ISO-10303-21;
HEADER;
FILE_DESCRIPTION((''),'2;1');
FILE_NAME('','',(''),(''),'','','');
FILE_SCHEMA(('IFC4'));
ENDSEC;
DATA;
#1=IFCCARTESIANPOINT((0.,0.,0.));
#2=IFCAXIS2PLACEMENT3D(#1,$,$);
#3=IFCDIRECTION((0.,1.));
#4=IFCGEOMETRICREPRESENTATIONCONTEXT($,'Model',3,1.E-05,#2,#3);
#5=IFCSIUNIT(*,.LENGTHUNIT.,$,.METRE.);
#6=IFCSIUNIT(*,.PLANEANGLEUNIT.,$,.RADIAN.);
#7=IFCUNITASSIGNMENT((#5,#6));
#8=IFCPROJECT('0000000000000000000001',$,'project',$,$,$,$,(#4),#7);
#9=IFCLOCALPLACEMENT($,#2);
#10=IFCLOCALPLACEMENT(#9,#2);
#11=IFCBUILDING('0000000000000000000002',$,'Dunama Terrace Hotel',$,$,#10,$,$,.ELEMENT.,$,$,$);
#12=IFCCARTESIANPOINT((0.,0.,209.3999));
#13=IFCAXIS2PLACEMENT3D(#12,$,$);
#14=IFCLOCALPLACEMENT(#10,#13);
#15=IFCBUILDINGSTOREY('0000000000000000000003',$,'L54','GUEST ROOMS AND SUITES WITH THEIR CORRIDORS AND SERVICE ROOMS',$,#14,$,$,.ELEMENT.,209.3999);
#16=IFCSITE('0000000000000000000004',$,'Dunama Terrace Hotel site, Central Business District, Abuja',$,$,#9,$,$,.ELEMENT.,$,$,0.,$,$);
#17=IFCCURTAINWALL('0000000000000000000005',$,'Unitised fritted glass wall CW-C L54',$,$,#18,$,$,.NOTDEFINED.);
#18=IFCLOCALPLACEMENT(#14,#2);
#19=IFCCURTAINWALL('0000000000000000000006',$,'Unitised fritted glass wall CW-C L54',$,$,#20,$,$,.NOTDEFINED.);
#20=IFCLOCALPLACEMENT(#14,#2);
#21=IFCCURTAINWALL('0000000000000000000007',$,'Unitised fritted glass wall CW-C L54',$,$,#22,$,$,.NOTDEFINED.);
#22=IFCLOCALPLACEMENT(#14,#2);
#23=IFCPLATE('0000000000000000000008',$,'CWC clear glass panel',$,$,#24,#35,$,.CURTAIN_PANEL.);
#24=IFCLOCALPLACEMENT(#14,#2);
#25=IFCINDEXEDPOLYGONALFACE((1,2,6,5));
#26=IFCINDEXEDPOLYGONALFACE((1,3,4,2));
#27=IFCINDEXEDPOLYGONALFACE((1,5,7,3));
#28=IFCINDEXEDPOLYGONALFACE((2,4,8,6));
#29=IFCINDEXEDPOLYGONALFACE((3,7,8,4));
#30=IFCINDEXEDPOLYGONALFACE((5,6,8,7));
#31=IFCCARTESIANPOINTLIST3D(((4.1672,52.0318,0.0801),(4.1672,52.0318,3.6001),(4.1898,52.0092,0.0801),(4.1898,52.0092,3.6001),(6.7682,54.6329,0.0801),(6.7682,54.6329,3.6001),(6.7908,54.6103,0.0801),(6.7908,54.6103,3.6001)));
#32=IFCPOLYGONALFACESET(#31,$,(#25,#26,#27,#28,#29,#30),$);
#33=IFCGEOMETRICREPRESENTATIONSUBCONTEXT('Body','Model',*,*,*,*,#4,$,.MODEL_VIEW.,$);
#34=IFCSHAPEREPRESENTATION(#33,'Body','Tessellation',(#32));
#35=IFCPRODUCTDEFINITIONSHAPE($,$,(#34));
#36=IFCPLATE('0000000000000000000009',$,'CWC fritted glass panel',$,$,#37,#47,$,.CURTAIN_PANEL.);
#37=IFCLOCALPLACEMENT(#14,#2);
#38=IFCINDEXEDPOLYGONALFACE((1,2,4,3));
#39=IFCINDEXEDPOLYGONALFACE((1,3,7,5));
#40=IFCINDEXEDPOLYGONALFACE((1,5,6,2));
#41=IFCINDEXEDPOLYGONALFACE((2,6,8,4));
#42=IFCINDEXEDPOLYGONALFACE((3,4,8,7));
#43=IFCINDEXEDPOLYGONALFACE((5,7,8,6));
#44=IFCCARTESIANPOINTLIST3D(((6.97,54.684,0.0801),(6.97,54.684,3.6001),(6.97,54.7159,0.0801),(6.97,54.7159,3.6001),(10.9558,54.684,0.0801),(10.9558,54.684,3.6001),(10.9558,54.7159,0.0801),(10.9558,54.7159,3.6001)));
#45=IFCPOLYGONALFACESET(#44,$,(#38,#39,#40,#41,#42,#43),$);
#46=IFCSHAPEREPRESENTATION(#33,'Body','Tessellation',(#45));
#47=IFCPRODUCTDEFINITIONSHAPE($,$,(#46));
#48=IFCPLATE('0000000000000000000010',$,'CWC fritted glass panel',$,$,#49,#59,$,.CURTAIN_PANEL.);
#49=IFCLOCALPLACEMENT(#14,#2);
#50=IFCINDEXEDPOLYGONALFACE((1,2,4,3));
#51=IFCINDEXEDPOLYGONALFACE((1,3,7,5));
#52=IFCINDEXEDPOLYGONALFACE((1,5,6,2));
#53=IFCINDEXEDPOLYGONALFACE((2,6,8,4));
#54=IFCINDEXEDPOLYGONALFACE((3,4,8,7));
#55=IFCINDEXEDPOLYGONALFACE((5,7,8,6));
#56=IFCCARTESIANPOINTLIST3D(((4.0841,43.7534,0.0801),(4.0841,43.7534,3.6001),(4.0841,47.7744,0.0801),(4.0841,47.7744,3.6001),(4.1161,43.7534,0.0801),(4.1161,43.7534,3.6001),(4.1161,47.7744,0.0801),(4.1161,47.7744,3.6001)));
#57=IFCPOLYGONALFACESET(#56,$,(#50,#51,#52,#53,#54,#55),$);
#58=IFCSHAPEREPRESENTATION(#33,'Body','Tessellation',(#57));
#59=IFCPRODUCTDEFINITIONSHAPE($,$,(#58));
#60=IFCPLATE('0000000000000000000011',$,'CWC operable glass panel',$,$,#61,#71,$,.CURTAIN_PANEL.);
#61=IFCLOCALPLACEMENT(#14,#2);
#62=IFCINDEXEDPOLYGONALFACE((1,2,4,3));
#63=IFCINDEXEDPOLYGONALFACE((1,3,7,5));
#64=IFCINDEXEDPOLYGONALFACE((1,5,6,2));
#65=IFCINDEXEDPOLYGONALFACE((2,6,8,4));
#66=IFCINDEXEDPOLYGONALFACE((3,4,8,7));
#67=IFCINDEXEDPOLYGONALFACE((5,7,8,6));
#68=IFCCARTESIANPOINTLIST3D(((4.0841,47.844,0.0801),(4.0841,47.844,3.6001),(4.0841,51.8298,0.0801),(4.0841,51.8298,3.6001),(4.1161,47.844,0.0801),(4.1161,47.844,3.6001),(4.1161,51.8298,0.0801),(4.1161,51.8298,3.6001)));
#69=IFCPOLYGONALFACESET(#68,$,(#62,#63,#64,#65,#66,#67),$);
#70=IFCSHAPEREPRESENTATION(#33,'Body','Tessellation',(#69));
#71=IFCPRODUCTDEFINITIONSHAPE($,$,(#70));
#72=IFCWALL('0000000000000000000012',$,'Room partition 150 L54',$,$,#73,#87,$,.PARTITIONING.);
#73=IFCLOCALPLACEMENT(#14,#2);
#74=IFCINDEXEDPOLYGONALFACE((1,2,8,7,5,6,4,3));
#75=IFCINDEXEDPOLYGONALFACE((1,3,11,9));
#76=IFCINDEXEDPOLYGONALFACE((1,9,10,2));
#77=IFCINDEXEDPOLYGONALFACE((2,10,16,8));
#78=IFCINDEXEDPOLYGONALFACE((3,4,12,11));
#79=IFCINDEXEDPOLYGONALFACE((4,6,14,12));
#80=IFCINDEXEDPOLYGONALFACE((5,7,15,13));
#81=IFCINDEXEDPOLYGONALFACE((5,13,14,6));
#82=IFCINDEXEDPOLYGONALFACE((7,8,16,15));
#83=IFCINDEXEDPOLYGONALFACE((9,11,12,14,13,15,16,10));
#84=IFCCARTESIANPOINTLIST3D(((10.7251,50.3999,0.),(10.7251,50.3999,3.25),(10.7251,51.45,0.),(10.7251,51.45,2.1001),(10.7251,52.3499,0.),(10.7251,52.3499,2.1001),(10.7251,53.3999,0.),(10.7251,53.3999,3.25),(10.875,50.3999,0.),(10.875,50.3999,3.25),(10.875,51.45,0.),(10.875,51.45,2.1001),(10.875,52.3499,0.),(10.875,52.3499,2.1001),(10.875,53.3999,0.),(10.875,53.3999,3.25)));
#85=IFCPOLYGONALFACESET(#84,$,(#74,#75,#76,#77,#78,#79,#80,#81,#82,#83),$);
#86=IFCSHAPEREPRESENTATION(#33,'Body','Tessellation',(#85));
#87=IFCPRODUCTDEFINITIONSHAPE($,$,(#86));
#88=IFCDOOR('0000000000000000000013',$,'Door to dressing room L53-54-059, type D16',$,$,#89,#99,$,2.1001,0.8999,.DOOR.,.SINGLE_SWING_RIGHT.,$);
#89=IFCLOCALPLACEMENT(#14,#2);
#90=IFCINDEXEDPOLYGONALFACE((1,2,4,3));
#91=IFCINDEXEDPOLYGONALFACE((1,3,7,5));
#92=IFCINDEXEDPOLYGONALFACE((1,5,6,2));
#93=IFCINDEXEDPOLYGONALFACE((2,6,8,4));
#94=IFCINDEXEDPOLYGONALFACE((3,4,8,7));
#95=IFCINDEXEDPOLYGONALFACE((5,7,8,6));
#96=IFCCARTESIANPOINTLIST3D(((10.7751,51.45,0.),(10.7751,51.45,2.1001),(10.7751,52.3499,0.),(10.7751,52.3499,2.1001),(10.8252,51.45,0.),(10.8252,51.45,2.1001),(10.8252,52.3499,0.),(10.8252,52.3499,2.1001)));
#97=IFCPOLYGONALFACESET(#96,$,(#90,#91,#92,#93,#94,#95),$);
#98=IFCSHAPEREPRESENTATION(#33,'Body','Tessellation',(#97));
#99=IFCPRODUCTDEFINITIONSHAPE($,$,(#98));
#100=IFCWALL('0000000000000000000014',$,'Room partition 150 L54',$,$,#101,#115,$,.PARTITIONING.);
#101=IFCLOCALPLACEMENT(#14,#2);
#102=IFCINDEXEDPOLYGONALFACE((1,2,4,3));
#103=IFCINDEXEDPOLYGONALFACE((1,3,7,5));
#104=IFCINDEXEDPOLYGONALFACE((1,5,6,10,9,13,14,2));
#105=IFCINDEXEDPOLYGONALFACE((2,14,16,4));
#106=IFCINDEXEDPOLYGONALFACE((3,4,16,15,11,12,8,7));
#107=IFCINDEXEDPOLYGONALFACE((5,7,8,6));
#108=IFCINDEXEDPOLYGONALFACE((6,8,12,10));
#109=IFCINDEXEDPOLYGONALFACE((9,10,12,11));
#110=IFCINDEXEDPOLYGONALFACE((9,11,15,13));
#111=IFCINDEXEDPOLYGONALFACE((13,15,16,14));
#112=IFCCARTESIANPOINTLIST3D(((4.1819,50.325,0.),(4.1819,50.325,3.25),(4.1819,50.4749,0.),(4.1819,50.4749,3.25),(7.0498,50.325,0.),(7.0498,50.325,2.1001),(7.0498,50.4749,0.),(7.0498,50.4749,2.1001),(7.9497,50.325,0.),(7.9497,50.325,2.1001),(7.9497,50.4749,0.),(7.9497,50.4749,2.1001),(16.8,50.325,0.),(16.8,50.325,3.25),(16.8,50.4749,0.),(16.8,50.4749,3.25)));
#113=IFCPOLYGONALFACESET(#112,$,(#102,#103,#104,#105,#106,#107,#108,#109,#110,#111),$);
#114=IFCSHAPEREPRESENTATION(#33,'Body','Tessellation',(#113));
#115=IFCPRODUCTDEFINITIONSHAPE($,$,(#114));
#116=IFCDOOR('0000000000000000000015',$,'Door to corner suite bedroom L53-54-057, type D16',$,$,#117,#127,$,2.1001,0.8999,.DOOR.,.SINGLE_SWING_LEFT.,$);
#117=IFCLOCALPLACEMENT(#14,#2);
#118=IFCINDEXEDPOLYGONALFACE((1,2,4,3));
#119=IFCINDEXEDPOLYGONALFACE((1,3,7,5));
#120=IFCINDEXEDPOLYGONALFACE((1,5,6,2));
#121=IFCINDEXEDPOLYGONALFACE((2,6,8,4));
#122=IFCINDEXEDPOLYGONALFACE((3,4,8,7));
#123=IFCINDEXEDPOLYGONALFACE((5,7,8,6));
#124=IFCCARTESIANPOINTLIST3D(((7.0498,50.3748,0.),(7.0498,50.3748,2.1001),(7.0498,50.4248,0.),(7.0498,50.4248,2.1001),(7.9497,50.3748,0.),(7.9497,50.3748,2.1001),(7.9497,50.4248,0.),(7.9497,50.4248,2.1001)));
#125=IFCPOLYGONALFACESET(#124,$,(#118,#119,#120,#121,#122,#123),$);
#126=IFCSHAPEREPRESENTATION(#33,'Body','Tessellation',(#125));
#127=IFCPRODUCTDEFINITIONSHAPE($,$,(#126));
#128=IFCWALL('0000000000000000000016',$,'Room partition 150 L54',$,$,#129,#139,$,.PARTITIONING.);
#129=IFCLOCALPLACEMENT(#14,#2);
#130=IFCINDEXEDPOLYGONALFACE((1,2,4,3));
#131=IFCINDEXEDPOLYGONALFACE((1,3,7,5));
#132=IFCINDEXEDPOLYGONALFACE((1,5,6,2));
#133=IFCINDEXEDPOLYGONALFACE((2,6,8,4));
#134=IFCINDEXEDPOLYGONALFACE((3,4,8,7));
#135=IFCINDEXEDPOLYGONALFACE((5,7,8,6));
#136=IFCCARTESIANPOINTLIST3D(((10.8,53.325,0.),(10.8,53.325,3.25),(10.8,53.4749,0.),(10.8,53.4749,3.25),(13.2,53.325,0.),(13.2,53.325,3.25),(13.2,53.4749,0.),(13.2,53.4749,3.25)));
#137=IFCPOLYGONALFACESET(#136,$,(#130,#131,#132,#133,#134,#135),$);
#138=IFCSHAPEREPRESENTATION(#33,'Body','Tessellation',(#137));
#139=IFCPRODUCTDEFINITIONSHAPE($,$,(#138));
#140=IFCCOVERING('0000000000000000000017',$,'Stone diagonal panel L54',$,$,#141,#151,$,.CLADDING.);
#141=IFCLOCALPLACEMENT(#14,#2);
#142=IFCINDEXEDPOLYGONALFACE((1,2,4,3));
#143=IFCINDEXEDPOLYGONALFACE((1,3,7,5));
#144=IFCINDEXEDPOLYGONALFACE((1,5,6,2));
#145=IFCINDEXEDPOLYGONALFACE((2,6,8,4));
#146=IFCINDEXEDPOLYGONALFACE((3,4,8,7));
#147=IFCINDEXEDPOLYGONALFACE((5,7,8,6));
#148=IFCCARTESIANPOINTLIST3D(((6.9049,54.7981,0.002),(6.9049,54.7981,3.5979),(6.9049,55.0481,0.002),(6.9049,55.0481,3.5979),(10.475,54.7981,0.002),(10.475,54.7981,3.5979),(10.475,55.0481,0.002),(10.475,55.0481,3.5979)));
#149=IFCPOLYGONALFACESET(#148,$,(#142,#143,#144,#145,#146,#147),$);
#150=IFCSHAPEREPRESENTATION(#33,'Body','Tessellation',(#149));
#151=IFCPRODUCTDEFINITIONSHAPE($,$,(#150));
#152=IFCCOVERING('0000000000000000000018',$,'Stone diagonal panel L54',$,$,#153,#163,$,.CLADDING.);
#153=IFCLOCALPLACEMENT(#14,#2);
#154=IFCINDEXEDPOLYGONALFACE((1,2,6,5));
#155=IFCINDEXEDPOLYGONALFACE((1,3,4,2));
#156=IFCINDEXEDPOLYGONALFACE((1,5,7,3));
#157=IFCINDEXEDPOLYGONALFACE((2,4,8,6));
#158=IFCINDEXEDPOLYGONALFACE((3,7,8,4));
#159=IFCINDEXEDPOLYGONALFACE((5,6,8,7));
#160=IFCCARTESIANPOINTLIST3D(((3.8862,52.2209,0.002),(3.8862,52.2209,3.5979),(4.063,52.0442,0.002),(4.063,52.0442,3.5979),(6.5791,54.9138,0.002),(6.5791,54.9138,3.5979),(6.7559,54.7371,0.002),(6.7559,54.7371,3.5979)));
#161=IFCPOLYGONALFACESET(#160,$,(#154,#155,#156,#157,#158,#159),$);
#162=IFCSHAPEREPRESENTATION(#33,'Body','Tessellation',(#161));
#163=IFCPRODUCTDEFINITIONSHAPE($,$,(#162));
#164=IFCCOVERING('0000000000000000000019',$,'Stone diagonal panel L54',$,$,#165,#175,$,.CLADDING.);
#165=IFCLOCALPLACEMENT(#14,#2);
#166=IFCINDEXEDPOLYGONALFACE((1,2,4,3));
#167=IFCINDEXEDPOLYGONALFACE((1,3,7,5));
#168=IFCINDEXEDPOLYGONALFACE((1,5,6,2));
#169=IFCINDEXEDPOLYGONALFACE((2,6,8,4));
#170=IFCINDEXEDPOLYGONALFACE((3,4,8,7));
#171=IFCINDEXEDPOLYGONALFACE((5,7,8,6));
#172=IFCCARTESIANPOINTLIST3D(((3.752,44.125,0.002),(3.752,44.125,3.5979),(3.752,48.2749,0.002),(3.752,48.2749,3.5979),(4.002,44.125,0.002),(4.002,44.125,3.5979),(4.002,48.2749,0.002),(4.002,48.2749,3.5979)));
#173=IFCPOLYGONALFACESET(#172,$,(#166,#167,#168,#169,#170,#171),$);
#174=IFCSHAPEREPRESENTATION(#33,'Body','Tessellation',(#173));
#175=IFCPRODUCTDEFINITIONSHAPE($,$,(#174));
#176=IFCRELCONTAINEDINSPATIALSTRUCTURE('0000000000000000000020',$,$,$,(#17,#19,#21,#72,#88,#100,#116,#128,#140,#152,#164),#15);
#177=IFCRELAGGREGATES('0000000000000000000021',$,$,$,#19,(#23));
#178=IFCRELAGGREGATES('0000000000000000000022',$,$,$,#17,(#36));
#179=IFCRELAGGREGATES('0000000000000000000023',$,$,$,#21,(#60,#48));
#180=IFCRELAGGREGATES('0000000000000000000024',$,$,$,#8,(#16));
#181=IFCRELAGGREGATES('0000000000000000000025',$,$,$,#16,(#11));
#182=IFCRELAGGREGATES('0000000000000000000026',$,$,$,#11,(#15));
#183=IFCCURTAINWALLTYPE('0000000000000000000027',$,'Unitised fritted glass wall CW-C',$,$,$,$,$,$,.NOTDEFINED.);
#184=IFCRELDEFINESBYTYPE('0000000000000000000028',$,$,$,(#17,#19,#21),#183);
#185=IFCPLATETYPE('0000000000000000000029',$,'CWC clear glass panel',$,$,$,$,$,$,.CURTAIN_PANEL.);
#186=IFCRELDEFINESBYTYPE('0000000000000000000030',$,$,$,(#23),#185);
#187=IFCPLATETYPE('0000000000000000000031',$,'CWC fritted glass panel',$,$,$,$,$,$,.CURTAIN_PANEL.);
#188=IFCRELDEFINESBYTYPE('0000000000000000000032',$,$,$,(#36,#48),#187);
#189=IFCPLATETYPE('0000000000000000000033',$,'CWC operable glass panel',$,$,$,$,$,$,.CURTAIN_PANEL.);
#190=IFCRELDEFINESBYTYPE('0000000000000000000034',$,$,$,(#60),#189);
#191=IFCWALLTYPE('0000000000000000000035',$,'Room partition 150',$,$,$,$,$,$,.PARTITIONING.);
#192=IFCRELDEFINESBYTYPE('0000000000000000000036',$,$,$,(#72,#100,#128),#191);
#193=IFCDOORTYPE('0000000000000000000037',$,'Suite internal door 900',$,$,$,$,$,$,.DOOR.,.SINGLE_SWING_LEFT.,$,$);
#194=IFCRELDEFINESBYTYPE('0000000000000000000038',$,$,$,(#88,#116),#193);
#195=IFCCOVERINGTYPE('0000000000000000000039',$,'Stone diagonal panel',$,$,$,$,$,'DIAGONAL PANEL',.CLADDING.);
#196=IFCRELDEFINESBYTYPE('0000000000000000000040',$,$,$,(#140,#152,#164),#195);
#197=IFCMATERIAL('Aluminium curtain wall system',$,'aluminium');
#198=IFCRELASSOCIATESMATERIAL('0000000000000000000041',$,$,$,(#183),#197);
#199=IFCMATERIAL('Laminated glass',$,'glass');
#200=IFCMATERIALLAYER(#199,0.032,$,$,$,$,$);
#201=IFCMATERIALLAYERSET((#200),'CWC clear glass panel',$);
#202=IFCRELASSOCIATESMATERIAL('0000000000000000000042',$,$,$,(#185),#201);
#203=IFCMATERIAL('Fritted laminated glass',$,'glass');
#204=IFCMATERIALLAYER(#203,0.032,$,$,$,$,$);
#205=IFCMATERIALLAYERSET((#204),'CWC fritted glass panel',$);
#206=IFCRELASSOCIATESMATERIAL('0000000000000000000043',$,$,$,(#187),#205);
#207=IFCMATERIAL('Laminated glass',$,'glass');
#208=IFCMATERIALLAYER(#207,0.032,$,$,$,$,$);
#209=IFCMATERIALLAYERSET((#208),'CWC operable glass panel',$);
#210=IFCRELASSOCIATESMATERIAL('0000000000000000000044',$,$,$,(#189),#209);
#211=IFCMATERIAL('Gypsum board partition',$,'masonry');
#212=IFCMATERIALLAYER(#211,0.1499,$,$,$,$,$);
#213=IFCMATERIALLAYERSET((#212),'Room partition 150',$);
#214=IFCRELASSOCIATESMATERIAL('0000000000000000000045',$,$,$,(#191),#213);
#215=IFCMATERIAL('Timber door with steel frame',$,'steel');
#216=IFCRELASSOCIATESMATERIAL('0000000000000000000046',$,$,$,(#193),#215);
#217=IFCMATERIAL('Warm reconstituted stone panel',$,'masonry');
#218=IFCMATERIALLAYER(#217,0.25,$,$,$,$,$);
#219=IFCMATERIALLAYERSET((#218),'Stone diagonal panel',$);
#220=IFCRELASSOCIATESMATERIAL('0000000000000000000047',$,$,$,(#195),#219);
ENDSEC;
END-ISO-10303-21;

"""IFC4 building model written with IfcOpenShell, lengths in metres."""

from ifc_helpers import new_model, si_unit, direction, frame, frame_2d, origin, origin_2d, place, context, subcontext, project, spatial, rectangle, extrude, material, layer, layer_set, type_object, element, fill, aggregate, save


model = new_model("IFC4")

# Units and contexts
model_context = context("Model", 3, precision=1e-05, world=origin(), true_north=direction((0.0, 1.0)))
body_context = subcontext(model_context, "Body", "Model", "MODEL_VIEW")
ifc_project = project(units=[si_unit("LENGTHUNIT", "METRE"), si_unit("PLANEANGLEUNIT", "RADIAN")], contexts=[model_context])

# Site, building, storey
site_placement = place(None, origin())
site = spatial("IfcSite", under=ifc_project, at=site_placement, Name="Dunama Terrace Hotel site, Central Business District, Abuja", CompositionType="ELEMENT", RefElevation=0.0)
building_placement = place(site_placement, origin())
building = spatial("IfcBuilding", under=site, at=building_placement, Name="Dunama Terrace Hotel", CompositionType="ELEMENT")
storey_placement = place(building_placement, frame((0.0, 0.0, 209.3999)))
storey = spatial("IfcBuildingStorey", under=building, at=storey_placement, Name="L54", Description="GUEST ROOMS AND SUITES WITH THEIR CORRIDORS AND SERVICE ROOMS", CompositionType="ELEMENT", Elevation=209.3999)

# Curtain wall
ifc_material_1 = material(Name="Aluminium curtain wall system", Category="aluminium")
curtain_wall_type = type_object("IfcCurtainWallType", Name="Unitised fritted glass wall CW-C", PredefinedType="NOTDEFINED", material=ifc_material_1)
curtain_wall_1_placement = place(storey_placement, origin())
curtain_wall_1 = element("IfcCurtainWall", 1, at=curtain_wall_1_placement, inside=storey, type_object=curtain_wall_type, Name="Unitised fritted glass wall CW-C L54", PredefinedType="NOTDEFINED")

# Curtain walls
curtain_wall_2_placement = place(storey_placement, origin())
curtain_wall_2 = element("IfcCurtainWall", 2, at=curtain_wall_2_placement, inside=storey, type_object=curtain_wall_type, Name="Unitised fritted glass wall CW-C L54", PredefinedType="NOTDEFINED")
curtain_wall_3_placement = place(storey_placement, origin())
curtain_wall_3 = element("IfcCurtainWall", 3, at=curtain_wall_3_placement, inside=storey, type_object=curtain_wall_type, Name="Unitised fritted glass wall CW-C L54", PredefinedType="NOTDEFINED")

# Plates
ifc_material_2 = material(Name="Laminated glass", Category="glass")
ifc_layer_1 = layer(ifc_material_2, 0.032)
ifc_layer_set_1 = layer_set([ifc_layer_1], Name="CWC clear glass panel")
plate_type_1 = type_object("IfcPlateType", Name="CWC clear glass panel", PredefinedType="CURTAIN_PANEL", material=ifc_layer_set_1)
plate_1_placement = place(storey_placement, frame((5.479, 53.321, 0.0801), z_axis=(0.0, 0.0, 1.0), x_axis=(-0.707107, -0.707107, 0.0)))
plate_1 = element("IfcPlate", 4, at=plate_1_placement, type_object=plate_type_1, Name="CWC clear glass panel", PredefinedType="CURTAIN_PANEL", context=body_context, shape_type="SweptSolid", body=[
    extrude(rectangle(XDim=3.6785, YDim=0.032, at=origin_2d()), origin(), (0.0, 0.0, 1.0), 3.52),
])
aggregate(curtain_wall_2, [plate_1])
ifc_material_3 = material(Name="Fritted laminated glass", Category="glass")
ifc_layer_2 = layer(ifc_material_3, 0.032)
ifc_layer_set_2 = layer_set([ifc_layer_2], Name="CWC fritted glass panel")
plate_type_2 = type_object("IfcPlateType", Name="CWC fritted glass panel", PredefinedType="CURTAIN_PANEL", material=ifc_layer_set_2)
plate_2_placement = place(storey_placement, frame((8.9629, 54.7, 0.0801), z_axis=(0.0, 0.0, 1.0), x_axis=(-1.0, 0.0, 0.0)))
plate_2 = element("IfcPlate", 5, at=plate_2_placement, type_object=plate_type_2, Name="CWC fritted glass panel", PredefinedType="CURTAIN_PANEL", context=body_context, shape_type="SweptSolid", body=[
    extrude(rectangle(XDim=3.9858, YDim=0.032, at=origin_2d()), origin(), (0.0, 0.0, 1.0), 3.52),
])
aggregate(curtain_wall_1, [plate_2])
plate_3_placement = place(storey_placement, frame((4.1001, 45.7639, 0.0801), z_axis=(0.0, 0.0, 1.0), x_axis=(0.0, -1.0, 0.0)))
plate_3 = element("IfcPlate", 6, at=plate_3_placement, type_object=plate_type_2, Name="CWC fritted glass panel", PredefinedType="CURTAIN_PANEL", context=body_context, shape_type="SweptSolid", body=[
    extrude(rectangle(XDim=4.021, YDim=0.032, at=origin_2d()), origin(), (0.0, 0.0, 1.0), 3.52),
])
ifc_material_4 = material(Name="Laminated glass", Category="glass")
ifc_layer_3 = layer(ifc_material_4, 0.032)
ifc_layer_set_3 = layer_set([ifc_layer_3], Name="CWC operable glass panel")
plate_type_3 = type_object("IfcPlateType", Name="CWC operable glass panel", PredefinedType="CURTAIN_PANEL", material=ifc_layer_set_3)
plate_4_placement = place(storey_placement, frame((4.1001, 49.8369, 0.0801), z_axis=(0.0, 0.0, 1.0), x_axis=(0.0, -1.0, 0.0)))
plate_4 = element("IfcPlate", 7, at=plate_4_placement, type_object=plate_type_3, Name="CWC operable glass panel", PredefinedType="CURTAIN_PANEL", context=body_context, shape_type="SweptSolid", body=[
    extrude(rectangle(XDim=3.9858, YDim=0.032, at=origin_2d()), origin(), (0.0, 0.0, 1.0), 3.52),
])
aggregate(curtain_wall_3, [plate_4, plate_3])

# Walls, openings, doors
ifc_material_5 = material(Name="Gypsum board partition", Category="masonry")
ifc_layer_4 = layer(ifc_material_5, 0.1499)
ifc_layer_set_4 = layer_set([ifc_layer_4], Name="Room partition 150")
wall_type = type_object("IfcWallType", Name="Room partition 150", PredefinedType="PARTITIONING", material=ifc_layer_set_4)
wall_1_placement = place(storey_placement, frame((10.8, 50.3999, 0.0), z_axis=(0.0, 0.0, 1.0), x_axis=(0.0, 1.0, 0.0)))
wall_1 = element("IfcWall", 8, at=wall_1_placement, inside=storey, type_object=wall_type, Name="Room partition 150 L54", PredefinedType="PARTITIONING", context=body_context, shape_type="SweptSolid", body=[
    extrude(rectangle(XDim=3.0, YDim=0.1499, at=frame_2d((1.5, 0.0))), origin(), (0.0, 0.0, 1.0), 3.25),
])
opening_1_placement = place(wall_1_placement, frame((1.05, 0.0, 0.0)))
opening_1 = element("IfcOpeningElement", 9, at=opening_1_placement, cuts=wall_1, PredefinedType="OPENING", context=body_context, shape_type="SweptSolid", body=[
    extrude(rectangle(XDim=0.8999, YDim=2.1001, at=frame_2d((0.45, 1.05))), frame((0.0, 0.085, 0.0), z_axis=(0.0, -1.0, 0.0), x_axis=(1.0, 0.0, 0.0)), (0.0, 0.0, 1.0), 0.1699),
])
ifc_material_6 = material(Name="Timber door with steel frame", Category="steel")
door_type = type_object("IfcDoorType", Name="Suite internal door 900", OperationType="SINGLE_SWING_LEFT", PredefinedType="DOOR", material=ifc_material_6)
door_1_placement = place(opening_1_placement, frame((0.8999, 0.0, 0.0), z_axis=(0.0, 0.0, 1.0), x_axis=(-1.0, 0.0, 0.0)))
door_1 = element("IfcDoor", 10, at=door_1_placement, inside=storey, type_object=door_type, Name="Door to dressing room L53-54-059, type D16", OperationType="SINGLE_SWING_RIGHT", OverallHeight=2.1001, OverallWidth=0.8999, PredefinedType="DOOR", context=body_context, shape_type="SweptSolid", body=[
    extrude(rectangle(XDim=0.8999, YDim=2.1001, at=frame_2d((0.45, 1.05))), frame((0.0, 0.0251, 0.0), z_axis=(0.0, -1.0, 0.0), x_axis=(1.0, 0.0, 0.0)), (0.0, 0.0, 1.0), 0.05),
])
fill(opening_1, door_1)
wall_2_placement = place(storey_placement, frame((4.1819, 50.3999, 0.0), z_axis=(0.0, 0.0, 1.0), x_axis=(1.0, 0.0, 0.0)))
wall_2 = element("IfcWall", 11, at=wall_2_placement, inside=storey, type_object=wall_type, Name="Room partition 150 L54", PredefinedType="PARTITIONING", context=body_context, shape_type="SweptSolid", body=[
    extrude(rectangle(XDim=12.6182, YDim=0.1499, at=frame_2d((6.3091, 0.0))), origin(), (0.0, 0.0, 1.0), 3.25),
])
opening_2_placement = place(wall_2_placement, frame((2.8679, 0.0, 0.0)))
opening_2 = element("IfcOpeningElement", 12, at=opening_2_placement, cuts=wall_2, PredefinedType="OPENING", context=body_context, shape_type="SweptSolid", body=[
    extrude(rectangle(XDim=0.8999, YDim=2.1001, at=frame_2d((0.45, 1.05))), frame((0.0, 0.085, 0.0), z_axis=(0.0, -1.0, 0.0), x_axis=(1.0, 0.0, 0.0)), (0.0, 0.0, 1.0), 0.1699),
])
door_2_placement = place(opening_2_placement, origin())
door_2 = element("IfcDoor", 13, at=door_2_placement, inside=storey, type_object=door_type, Name="Door to corner suite bedroom L53-54-057, type D16", OperationType="SINGLE_SWING_LEFT", OverallHeight=2.1001, OverallWidth=0.8999, PredefinedType="DOOR", context=body_context, shape_type="SweptSolid", body=[
    extrude(rectangle(XDim=0.8999, YDim=2.1001, at=frame_2d((0.45, 1.05))), frame((0.0, 0.0249, 0.0), z_axis=(0.0, -1.0, 0.0), x_axis=(1.0, 0.0, 0.0)), (0.0, 0.0, 1.0), 0.05),
])
fill(opening_2, door_2)

# Wall
wall_3_placement = place(storey_placement, frame((10.8, 53.3999, 0.0), z_axis=(0.0, 0.0, 1.0), x_axis=(1.0, 0.0, 0.0)))
element("IfcWall", 14, at=wall_3_placement, inside=storey, type_object=wall_type, Name="Room partition 150 L54", PredefinedType="PARTITIONING", context=body_context, shape_type="SweptSolid", body=[
    extrude(rectangle(XDim=2.3999, YDim=0.1499, at=frame_2d((1.2, 0.0))), origin(), (0.0, 0.0, 1.0), 3.25),
])

# Coverings
ifc_material_7 = material(Name="Warm reconstituted stone panel", Category="masonry")
ifc_layer_5 = layer(ifc_material_7, 0.25)
ifc_layer_set_5 = layer_set([ifc_layer_5], Name="Stone diagonal panel")
covering_type = type_object("IfcCoveringType", Name="Stone diagonal panel", ElementType="DIAGONAL PANEL", PredefinedType="CLADDING", material=ifc_layer_set_5)
covering_1_placement = place(storey_placement, frame((8.6899, 54.9231, 0.002), z_axis=(0.0, 0.0, 1.0), x_axis=(-1.0, 0.0, 0.0)))
element("IfcCovering", 15, at=covering_1_placement, inside=storey, type_object=covering_type, Name="Stone diagonal panel L54", PredefinedType="CLADDING", context=body_context, shape_type="SweptSolid", body=[
    extrude(rectangle(XDim=3.5701, YDim=0.25, at=origin_2d()), origin(), (0.0, 0.0, 1.0), 3.5959),
])
covering_2_placement = place(storey_placement, frame((5.321, 53.479, 0.002), z_axis=(0.0, 0.0, 1.0), x_axis=(-0.707107, -0.707107, 0.0)))
element("IfcCovering", 16, at=covering_2_placement, inside=storey, type_object=covering_type, Name="Stone diagonal panel L54", PredefinedType="CLADDING", context=body_context, shape_type="SweptSolid", body=[
    extrude(rectangle(XDim=3.8083, YDim=0.25, at=origin_2d()), origin(), (0.0, 0.0, 1.0), 3.5959),
])
covering_3_placement = place(storey_placement, frame((3.877, 46.2, 0.002), z_axis=(0.0, 0.0, 1.0), x_axis=(0.0, -1.0, 0.0)))
element("IfcCovering", 17, at=covering_3_placement, inside=storey, type_object=covering_type, Name="Stone diagonal panel L54", PredefinedType="CLADDING", context=body_context, shape_type="SweptSolid", body=[
    extrude(rectangle(XDim=4.1499, YDim=0.25, at=origin_2d()), origin(), (0.0, 0.0, 1.0), 3.5959),
])

save(model, "model.ifc")
